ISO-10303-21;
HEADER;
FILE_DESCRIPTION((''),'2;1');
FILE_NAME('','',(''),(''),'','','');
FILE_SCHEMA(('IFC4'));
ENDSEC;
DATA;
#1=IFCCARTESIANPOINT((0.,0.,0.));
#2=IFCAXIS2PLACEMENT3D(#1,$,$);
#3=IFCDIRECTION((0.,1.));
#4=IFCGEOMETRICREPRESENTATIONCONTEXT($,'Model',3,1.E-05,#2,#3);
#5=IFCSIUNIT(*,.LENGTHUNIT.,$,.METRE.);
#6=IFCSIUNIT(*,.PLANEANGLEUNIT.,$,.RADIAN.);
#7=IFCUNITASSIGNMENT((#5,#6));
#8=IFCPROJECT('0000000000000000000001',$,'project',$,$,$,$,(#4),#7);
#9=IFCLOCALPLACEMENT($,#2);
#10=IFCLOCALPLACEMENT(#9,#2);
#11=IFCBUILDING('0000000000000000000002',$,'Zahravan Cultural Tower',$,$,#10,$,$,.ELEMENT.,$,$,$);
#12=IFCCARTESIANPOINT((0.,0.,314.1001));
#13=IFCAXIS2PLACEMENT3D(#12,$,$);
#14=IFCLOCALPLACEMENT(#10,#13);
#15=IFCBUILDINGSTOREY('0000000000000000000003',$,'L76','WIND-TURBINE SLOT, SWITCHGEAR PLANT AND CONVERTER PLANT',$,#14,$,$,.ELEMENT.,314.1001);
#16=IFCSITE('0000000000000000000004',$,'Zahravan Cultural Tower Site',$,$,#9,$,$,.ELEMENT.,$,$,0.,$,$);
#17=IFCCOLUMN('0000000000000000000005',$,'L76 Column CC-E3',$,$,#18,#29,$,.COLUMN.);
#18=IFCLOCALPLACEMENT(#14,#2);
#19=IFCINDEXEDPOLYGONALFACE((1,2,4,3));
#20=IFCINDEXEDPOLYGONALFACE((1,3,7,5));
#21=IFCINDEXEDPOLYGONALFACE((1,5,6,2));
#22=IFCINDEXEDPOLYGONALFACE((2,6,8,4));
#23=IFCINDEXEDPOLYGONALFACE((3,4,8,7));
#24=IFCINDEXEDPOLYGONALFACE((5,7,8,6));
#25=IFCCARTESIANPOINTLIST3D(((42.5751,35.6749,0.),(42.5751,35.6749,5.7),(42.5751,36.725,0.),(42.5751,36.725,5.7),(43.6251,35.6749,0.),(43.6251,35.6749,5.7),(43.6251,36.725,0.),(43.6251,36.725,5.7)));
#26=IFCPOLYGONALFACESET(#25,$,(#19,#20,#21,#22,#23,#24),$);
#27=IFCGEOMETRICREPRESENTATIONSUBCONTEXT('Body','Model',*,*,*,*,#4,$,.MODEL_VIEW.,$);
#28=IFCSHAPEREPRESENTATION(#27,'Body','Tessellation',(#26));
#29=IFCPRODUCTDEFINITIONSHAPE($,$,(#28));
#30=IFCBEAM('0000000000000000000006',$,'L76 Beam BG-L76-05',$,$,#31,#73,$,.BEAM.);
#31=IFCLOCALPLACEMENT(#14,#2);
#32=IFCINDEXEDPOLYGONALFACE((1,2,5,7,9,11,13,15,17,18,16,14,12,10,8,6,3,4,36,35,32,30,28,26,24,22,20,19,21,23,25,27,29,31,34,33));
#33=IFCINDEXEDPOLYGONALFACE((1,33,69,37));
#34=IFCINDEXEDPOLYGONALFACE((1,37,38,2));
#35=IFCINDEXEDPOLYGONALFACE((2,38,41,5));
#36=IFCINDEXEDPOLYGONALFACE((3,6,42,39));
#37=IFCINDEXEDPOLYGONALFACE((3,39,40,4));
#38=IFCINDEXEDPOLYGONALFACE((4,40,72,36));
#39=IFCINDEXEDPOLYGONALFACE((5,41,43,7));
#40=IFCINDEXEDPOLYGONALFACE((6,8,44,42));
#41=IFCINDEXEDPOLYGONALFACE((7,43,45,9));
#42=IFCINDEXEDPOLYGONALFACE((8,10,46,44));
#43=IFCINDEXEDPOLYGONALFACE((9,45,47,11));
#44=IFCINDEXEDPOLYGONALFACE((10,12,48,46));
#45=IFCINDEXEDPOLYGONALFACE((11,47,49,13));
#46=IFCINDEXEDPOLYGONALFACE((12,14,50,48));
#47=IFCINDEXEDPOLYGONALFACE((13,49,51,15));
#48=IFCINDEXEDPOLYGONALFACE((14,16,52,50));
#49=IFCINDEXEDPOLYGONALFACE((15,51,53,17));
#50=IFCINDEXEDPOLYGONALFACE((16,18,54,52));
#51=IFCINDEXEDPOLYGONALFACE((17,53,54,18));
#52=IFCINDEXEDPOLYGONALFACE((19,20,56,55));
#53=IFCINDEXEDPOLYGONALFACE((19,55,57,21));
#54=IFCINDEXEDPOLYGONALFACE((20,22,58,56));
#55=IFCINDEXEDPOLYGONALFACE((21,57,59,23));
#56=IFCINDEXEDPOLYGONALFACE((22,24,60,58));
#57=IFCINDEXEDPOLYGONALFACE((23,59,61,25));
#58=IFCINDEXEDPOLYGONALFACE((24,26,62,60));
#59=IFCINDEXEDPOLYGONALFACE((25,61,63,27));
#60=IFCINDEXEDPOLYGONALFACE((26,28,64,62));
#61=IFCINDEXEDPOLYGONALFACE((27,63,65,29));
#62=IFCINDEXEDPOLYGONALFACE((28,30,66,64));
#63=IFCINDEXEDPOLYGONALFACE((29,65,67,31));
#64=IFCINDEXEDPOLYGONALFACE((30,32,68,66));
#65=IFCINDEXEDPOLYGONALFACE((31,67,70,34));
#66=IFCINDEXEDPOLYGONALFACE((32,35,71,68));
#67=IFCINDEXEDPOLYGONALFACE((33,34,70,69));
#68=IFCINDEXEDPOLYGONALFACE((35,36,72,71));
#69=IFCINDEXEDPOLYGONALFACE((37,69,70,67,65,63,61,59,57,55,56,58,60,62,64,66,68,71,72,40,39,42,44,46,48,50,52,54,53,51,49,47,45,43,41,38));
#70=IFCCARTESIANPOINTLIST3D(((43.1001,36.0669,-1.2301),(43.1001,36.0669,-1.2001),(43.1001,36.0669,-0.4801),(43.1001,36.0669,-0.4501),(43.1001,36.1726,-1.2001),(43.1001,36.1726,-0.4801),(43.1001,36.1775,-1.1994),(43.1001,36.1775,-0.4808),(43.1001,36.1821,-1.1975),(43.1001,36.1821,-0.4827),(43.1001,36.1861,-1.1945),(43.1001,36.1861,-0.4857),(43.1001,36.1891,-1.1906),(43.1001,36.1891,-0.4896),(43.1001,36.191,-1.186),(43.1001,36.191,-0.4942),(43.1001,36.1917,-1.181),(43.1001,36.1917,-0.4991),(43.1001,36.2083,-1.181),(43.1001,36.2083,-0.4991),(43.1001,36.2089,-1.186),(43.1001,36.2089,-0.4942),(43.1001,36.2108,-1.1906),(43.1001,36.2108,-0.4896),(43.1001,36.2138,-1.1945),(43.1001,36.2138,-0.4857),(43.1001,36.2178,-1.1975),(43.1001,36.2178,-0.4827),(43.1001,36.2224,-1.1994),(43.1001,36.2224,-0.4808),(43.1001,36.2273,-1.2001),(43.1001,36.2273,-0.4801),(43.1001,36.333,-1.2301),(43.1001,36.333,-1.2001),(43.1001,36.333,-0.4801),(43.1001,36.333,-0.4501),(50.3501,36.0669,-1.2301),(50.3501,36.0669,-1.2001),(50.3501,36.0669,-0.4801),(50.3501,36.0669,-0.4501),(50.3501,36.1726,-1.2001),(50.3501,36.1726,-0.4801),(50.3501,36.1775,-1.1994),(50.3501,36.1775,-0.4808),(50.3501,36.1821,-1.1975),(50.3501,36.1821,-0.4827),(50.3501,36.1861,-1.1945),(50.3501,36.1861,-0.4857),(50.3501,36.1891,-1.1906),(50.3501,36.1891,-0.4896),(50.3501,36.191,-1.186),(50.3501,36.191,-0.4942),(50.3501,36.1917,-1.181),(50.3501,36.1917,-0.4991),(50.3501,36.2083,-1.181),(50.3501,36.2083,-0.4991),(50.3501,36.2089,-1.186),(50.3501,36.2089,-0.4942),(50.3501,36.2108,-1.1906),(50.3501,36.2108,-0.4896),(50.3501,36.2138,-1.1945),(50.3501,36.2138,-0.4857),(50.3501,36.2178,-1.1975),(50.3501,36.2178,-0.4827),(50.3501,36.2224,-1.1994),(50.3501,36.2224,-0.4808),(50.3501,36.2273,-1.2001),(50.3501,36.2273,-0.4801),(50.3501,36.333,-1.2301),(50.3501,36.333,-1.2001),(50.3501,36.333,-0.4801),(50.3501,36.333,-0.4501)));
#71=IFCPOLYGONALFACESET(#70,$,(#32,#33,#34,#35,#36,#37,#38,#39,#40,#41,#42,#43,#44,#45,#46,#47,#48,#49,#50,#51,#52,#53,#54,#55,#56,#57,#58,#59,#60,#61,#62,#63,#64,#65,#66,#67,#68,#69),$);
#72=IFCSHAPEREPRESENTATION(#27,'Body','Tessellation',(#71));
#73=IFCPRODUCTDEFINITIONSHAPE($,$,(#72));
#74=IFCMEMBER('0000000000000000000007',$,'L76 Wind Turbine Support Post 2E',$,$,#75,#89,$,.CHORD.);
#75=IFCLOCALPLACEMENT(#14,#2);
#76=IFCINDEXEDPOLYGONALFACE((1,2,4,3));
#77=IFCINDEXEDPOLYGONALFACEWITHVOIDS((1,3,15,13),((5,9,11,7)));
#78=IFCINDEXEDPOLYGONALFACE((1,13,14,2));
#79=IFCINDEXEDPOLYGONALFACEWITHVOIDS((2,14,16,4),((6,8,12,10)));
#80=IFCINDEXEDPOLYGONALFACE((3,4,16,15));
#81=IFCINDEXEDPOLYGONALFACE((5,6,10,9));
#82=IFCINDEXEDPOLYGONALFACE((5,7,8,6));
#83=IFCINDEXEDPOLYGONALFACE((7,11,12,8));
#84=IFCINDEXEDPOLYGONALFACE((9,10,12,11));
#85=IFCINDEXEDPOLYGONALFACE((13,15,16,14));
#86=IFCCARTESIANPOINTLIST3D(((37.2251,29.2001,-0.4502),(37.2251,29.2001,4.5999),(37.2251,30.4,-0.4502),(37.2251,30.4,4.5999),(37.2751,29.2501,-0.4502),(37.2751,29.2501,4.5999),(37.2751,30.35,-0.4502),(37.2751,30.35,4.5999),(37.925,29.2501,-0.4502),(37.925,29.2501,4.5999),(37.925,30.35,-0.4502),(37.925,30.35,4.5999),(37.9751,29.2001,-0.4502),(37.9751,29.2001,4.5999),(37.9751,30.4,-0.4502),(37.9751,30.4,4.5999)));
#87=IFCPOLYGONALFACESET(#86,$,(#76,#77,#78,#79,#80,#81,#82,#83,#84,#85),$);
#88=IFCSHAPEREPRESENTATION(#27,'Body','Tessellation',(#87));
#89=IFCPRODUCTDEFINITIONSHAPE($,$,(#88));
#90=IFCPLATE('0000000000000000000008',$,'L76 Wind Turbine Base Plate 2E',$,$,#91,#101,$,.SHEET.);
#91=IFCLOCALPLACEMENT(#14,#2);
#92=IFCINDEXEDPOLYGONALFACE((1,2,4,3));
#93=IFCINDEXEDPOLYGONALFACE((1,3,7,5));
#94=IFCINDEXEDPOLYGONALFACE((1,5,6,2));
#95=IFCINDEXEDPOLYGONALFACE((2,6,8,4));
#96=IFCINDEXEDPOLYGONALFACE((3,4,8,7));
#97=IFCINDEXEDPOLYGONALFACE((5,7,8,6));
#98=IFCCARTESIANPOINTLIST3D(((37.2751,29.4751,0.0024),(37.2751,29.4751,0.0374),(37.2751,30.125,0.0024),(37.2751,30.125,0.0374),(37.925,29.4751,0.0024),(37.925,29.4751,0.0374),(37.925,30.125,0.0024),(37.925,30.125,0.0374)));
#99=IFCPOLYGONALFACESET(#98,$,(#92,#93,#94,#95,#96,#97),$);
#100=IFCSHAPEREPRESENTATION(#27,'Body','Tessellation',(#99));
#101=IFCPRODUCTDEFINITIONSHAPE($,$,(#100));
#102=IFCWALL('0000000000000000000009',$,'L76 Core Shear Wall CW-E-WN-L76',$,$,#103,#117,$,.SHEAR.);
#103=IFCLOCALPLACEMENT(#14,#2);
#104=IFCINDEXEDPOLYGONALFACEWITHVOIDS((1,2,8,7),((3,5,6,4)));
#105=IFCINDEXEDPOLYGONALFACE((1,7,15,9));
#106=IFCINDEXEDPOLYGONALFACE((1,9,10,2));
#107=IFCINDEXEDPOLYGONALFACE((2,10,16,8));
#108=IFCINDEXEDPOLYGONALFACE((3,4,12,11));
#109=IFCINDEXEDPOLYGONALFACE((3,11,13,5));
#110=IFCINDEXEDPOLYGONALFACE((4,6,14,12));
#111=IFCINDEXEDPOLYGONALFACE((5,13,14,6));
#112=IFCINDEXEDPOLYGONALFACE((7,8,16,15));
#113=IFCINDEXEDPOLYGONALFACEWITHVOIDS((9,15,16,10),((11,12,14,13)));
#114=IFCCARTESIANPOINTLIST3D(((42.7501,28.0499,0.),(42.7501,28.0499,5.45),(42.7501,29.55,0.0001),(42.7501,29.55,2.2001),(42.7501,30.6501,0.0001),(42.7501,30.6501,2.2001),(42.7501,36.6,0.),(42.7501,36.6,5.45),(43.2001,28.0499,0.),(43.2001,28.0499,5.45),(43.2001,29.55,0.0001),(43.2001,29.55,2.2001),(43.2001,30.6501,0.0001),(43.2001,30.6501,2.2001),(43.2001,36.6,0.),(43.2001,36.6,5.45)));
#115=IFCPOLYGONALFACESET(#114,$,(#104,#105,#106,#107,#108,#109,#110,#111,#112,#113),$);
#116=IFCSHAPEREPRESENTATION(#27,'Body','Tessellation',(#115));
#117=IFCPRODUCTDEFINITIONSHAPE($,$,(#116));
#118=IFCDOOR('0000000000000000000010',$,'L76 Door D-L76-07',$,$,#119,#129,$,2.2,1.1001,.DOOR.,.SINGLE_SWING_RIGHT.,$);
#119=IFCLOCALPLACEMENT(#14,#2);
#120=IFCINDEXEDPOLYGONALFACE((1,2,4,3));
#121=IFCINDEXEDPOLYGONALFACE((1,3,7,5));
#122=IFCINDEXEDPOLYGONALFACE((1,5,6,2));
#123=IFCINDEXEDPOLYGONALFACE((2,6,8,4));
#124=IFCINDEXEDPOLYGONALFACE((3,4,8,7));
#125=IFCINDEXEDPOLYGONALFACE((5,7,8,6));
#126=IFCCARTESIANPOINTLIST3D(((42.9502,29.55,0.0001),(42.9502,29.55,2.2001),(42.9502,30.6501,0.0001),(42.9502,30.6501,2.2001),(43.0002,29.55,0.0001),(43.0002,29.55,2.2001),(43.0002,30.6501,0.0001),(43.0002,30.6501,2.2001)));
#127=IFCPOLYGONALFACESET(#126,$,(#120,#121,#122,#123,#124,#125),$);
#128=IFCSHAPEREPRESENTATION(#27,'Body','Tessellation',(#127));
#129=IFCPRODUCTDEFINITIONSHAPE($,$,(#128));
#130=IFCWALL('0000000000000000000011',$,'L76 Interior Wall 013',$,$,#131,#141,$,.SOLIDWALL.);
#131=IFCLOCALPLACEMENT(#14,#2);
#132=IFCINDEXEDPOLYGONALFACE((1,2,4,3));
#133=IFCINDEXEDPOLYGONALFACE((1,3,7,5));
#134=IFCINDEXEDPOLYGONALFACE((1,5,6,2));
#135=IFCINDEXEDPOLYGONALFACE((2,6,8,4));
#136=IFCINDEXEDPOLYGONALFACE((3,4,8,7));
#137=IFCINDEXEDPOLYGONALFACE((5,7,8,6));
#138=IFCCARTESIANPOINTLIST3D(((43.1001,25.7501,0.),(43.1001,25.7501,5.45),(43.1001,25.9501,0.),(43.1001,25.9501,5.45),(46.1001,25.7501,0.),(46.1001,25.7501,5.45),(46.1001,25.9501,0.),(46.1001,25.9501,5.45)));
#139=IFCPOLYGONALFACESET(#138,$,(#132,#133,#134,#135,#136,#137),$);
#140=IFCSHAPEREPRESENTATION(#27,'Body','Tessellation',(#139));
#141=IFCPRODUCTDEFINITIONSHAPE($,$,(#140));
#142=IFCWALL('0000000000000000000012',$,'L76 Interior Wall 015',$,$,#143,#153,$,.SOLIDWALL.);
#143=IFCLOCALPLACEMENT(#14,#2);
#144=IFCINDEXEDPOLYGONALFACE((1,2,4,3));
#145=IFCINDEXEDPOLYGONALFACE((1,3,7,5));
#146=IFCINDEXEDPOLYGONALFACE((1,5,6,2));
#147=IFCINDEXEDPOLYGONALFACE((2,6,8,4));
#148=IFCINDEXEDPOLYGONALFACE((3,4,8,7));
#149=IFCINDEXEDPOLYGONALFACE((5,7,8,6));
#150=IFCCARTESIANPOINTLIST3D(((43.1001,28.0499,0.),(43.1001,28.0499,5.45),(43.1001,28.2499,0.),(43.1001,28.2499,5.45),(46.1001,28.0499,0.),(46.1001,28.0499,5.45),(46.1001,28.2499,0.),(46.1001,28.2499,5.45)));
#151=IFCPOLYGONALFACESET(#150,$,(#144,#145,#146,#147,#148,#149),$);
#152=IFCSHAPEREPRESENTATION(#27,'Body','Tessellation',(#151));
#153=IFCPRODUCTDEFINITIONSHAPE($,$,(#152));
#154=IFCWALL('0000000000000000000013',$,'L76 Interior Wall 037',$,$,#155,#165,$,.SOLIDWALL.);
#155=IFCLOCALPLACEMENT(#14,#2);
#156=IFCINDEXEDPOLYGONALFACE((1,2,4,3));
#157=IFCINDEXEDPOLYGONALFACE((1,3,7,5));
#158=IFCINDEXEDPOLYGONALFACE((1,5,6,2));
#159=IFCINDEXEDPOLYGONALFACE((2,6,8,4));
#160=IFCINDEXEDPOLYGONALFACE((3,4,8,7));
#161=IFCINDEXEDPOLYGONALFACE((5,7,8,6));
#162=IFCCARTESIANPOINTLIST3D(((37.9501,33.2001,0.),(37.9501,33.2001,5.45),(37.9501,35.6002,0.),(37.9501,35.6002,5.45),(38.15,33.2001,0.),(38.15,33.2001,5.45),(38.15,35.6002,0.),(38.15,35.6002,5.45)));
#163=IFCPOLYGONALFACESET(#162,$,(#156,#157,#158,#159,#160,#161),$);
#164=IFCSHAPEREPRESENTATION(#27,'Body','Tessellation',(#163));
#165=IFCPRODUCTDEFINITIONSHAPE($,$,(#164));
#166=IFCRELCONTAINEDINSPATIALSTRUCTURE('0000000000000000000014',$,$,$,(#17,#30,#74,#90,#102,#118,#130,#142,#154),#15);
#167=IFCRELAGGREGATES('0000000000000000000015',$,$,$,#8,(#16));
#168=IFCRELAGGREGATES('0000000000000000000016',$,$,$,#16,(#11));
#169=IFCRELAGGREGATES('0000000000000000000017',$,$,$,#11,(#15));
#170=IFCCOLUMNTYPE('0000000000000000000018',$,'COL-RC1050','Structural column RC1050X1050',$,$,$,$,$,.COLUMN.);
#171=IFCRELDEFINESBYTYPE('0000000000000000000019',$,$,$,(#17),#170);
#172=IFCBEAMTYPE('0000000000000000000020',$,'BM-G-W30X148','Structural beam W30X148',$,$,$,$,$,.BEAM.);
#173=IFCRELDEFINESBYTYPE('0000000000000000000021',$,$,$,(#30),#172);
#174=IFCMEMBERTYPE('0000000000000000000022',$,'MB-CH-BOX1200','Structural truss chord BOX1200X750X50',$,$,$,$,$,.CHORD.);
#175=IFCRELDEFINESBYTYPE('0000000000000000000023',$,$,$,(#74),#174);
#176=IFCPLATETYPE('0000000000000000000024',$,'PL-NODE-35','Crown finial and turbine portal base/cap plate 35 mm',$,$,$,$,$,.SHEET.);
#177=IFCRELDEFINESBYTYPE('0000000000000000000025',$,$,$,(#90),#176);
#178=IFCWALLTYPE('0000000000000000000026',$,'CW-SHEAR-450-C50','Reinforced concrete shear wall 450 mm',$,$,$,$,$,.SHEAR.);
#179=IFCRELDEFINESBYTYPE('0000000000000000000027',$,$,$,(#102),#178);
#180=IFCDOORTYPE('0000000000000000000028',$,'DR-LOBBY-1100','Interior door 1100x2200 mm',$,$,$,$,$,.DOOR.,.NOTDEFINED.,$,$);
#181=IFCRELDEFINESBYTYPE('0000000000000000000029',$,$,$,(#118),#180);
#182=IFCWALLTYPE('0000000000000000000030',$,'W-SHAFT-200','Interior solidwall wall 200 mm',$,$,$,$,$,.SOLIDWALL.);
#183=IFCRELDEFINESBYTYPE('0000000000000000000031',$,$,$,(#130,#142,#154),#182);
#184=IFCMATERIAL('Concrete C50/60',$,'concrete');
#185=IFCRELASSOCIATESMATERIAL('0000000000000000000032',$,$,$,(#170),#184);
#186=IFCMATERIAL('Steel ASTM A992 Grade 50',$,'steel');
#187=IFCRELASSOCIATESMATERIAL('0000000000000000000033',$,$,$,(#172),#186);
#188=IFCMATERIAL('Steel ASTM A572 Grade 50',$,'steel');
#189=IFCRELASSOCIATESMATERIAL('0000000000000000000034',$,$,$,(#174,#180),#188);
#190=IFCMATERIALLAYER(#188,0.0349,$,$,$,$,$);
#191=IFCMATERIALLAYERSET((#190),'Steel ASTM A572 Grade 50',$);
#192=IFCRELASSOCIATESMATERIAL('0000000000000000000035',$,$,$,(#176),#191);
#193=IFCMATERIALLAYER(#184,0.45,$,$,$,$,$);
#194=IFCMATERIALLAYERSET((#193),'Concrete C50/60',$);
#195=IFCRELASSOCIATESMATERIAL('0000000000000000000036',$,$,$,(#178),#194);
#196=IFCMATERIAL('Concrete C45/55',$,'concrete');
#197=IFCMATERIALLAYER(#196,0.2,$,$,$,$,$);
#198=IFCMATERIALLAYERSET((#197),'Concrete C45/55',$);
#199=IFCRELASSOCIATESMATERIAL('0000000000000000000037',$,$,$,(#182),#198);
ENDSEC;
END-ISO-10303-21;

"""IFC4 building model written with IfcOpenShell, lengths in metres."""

from ifc_helpers import new_model, si_unit, direction, frame, frame_2d, origin, origin_2d, place, context, subcontext, project, spatial, rectangle, hollow_rectangle, i_section, extrude, source, transform, mapped, material, layer, layer_set, material_profile, profile_set, type_object, element, fill, save


model = new_model("IFC4")

# Units and contexts
model_context = context("Model", 3, precision=1e-05, world=origin(), true_north=direction((0.0, 1.0)))
body_context = subcontext(model_context, "Body", "Model", "MODEL_VIEW")
ifc_project = project(units=[si_unit("LENGTHUNIT", "METRE"), si_unit("PLANEANGLEUNIT", "RADIAN")], contexts=[model_context])

# Site, building, storey
site_placement = place(None, origin())
site = spatial("IfcSite", under=ifc_project, at=site_placement, Name="Zahravan Cultural Tower Site", CompositionType="ELEMENT", RefElevation=0.0)
building_placement = place(site_placement, origin())
building = spatial("IfcBuilding", under=site, at=building_placement, Name="Zahravan Cultural Tower", CompositionType="ELEMENT")
storey_placement = place(building_placement, frame((0.0, 0.0, 314.1001)))
storey = spatial("IfcBuildingStorey", under=building, at=storey_placement, Name="L76", Description="WIND-TURBINE SLOT, SWITCHGEAR PLANT AND CONVERTER PLANT", CompositionType="ELEMENT", Elevation=314.1001)

# Column
ifc_material_1 = material(Name="Concrete C50/60", Category="concrete")
ifc_material_profile_1 = material_profile(ifc_material_1, rectangle(XDim=1.05, YDim=1.05, at=origin_2d()), Name="RC1050X1050")
ifc_profile_set_1 = profile_set([ifc_material_profile_1], Name="Concrete C50/60")
column_type = type_object("IfcColumnType", Name="COL-RC1050", Description="Structural column RC1050X1050", PredefinedType="COLUMN", material=ifc_profile_set_1)
shared_shape_1 = source(origin(), body_context, "Body", "SweptSolid", [
    extrude(rectangle(XDim=1.05, YDim=1.05, at=origin_2d()), origin(), (0.0, 0.0, 1.0), 5.7),
])
column_placement = place(storey_placement, frame((43.1001, 36.2, 0.0), z_axis=(0.0, 0.0, 1.0), x_axis=(1.0, 0.0, 0.0)))
element("IfcColumn", 1, at=column_placement, inside=storey, type_object=column_type, Name="L76 Column CC-E3", PredefinedType="COLUMN", context=body_context, shape_type="MappedRepresentation", body=[
    mapped(shared_shape_1, transform((0.0, 0.0, 0.0), x_axis=(1.0, 0.0, 0.0), y_axis=(0.0, 1.0, 0.0), z_axis=(0.0, 0.0, 1.0), scale=1.0)),
])

# Beam
ifc_material_2 = material(Name="Steel ASTM A992 Grade 50", Category="steel")
ifc_material_profile_2 = material_profile(ifc_material_2, i_section(OverallWidth=0.2661, OverallDepth=0.78, WebThickness=0.0166, FlangeThickness=0.03, FilletRadius=0.019, at=origin_2d()), Name="W30X148")
ifc_profile_set_2 = profile_set([ifc_material_profile_2], Name="Steel ASTM A992 Grade 50")
beam_type = type_object("IfcBeamType", Name="BM-G-W30X148", Description="Structural beam W30X148", PredefinedType="BEAM", material=ifc_profile_set_2)
shared_shape_2 = source(origin(), body_context, "Body", "SweptSolid", [
    extrude(i_section(OverallWidth=0.2661, OverallDepth=0.78, WebThickness=0.0166, FlangeThickness=0.03, FilletRadius=0.019, at=origin_2d()), origin(), (0.0, 0.0, 1.0), 7.25),
])
beam_placement = place(storey_placement, frame((43.1001, 36.2, -0.8401), z_axis=(1.0, 0.0, 0.0), x_axis=(0.0, 1.0, 0.0)))
element("IfcBeam", 2, at=beam_placement, inside=storey, type_object=beam_type, Name="L76 Beam BG-L76-05", PredefinedType="BEAM", context=body_context, shape_type="MappedRepresentation", body=[
    mapped(shared_shape_2, transform((0.0, 0.0, 0.0), x_axis=(1.0, 0.0, 0.0), y_axis=(0.0, 1.0, 0.0), z_axis=(0.0, 0.0, 1.0), scale=1.0)),
])

# Member
ifc_material_3 = material(Name="Steel ASTM A572 Grade 50", Category="steel")
ifc_material_profile_3 = material_profile(ifc_material_3, hollow_rectangle(XDim=0.75, YDim=1.2, WallThickness=0.05, at=origin_2d()), Name="BOX1200X750X50")
ifc_profile_set_3 = profile_set([ifc_material_profile_3], Name="Steel ASTM A572 Grade 50")
member_type = type_object("IfcMemberType", Name="MB-CH-BOX1200", Description="Structural truss chord BOX1200X750X50", PredefinedType="CHORD", material=ifc_profile_set_3)
shared_shape_3 = source(origin(), body_context, "Body", "SweptSolid", [
    extrude(hollow_rectangle(XDim=0.75, YDim=1.2, WallThickness=0.05, at=origin_2d()), origin(), (0.0, 0.0, 1.0), 5.05),
])
member_placement = place(storey_placement, frame((37.6001, 29.8, -0.4502), z_axis=(0.0, 0.0, 1.0), x_axis=(1.0, 0.0, 0.0)))
element("IfcMember", 3, at=member_placement, inside=storey, type_object=member_type, Name="L76 Wind Turbine Support Post 2E", PredefinedType="CHORD", context=body_context, shape_type="MappedRepresentation", body=[
    mapped(shared_shape_3, transform((0.0, 0.0, 0.0), x_axis=(1.0, 0.0, 0.0), y_axis=(0.0, 1.0, 0.0), z_axis=(0.0, 0.0, 1.0), scale=1.0)),
])

# Plate
ifc_layer_1 = layer(ifc_material_3, 0.0349)
ifc_layer_set_1 = layer_set([ifc_layer_1], Name="Steel ASTM A572 Grade 50")
plate_type = type_object("IfcPlateType", Name="PL-NODE-35", Description="Crown finial and turbine portal base/cap plate 35 mm", PredefinedType="SHEET", material=ifc_layer_set_1)
shared_shape_4 = source(origin(), body_context, "Body", "SweptSolid", [
    extrude(rectangle(XDim=0.6499, YDim=0.6499, at=origin_2d()), origin(), (0.0, 0.0, 1.0), 0.0349),
])
plate_placement = place(storey_placement, frame((37.6001, 29.8, 0.0024), z_axis=(0.0, 0.0, 1.0), x_axis=(1.0, 0.0, 0.0)))
element("IfcPlate", 4, at=plate_placement, inside=storey, type_object=plate_type, Name="L76 Wind Turbine Base Plate 2E", PredefinedType="SHEET", context=body_context, shape_type="MappedRepresentation", body=[
    mapped(shared_shape_4, transform((0.0, 0.0, 0.0), x_axis=(1.0, 0.0, 0.0), y_axis=(0.0, 1.0, 0.0), z_axis=(0.0, 0.0, 1.0), scale=1.0)),
])

# Wall, opening, door
ifc_layer_2 = layer(ifc_material_1, 0.45)
ifc_layer_set_2 = layer_set([ifc_layer_2], Name="Concrete C50/60")
wall_type_1 = type_object("IfcWallType", Name="CW-SHEAR-450-C50", Description="Reinforced concrete shear wall 450 mm", PredefinedType="SHEAR", material=ifc_layer_set_2)
wall_1_placement = place(storey_placement, frame((42.9751, 28.05, 0.0), z_axis=(0.0, 0.0, 1.0), x_axis=(0.0, 1.0, 0.0)))
wall_1 = element("IfcWall", 5, at=wall_1_placement, inside=storey, type_object=wall_type_1, Name="L76 Core Shear Wall CW-E-WN-L76", PredefinedType="SHEAR", context=body_context, shape_type="SweptSolid", body=[
    extrude(rectangle(XDim=8.55, YDim=0.45, at=frame_2d((4.2749, 0.0))), origin(), (0.0, 0.0, 1.0), 5.45),
])
opening_placement = place(wall_1_placement, frame((1.5, 0.0, 0.0)))
opening = element("IfcOpeningElement", 6, at=opening_placement, cuts=wall_1, PredefinedType="OPENING", context=body_context, shape_type="SweptSolid", body=[
    extrude(rectangle(XDim=1.1001, YDim=2.2, at=frame_2d((0.55, 1.1001))), frame((0.0, 0.2349, 0.0), z_axis=(0.0, -1.0, 0.0), x_axis=(1.0, 0.0, 0.0)), (0.0, 0.0, 1.0), 0.47),
])
door_type = type_object("IfcDoorType", Name="DR-LOBBY-1100", Description="Interior door 1100x2200 mm", OperationType="NOTDEFINED", PredefinedType="DOOR", material=ifc_material_3)
shared_shape_5 = source(origin(), body_context, "Body", "SweptSolid", [
    extrude(rectangle(XDim=1.1001, YDim=2.2, at=frame_2d((0.55, 1.1001))), frame((0.0, 0.0249, 0.0), z_axis=(0.0, -1.0, 0.0), x_axis=(1.0, 0.0, 0.0)), (0.0, 0.0, 1.0), 0.05),
])
door_placement = place(opening_placement, origin())
door = element("IfcDoor", 7, at=door_placement, inside=storey, type_object=door_type, Name="L76 Door D-L76-07", OperationType="SINGLE_SWING_RIGHT", OverallHeight=2.2, OverallWidth=1.1001, PredefinedType="DOOR", context=body_context, shape_type="MappedRepresentation", body=[
    mapped(shared_shape_5, transform((0.0, 0.0, 0.0), x_axis=(1.0, 0.0, 0.0), y_axis=(0.0, 1.0, 0.0), z_axis=(0.0, 0.0, 1.0), scale=1.0)),
])
fill(opening, door)

# Walls
ifc_material_4 = material(Name="Concrete C45/55", Category="concrete")
ifc_layer_3 = layer(ifc_material_4, 0.2)
ifc_layer_set_3 = layer_set([ifc_layer_3], Name="Concrete C45/55")
wall_type_2 = type_object("IfcWallType", Name="W-SHAFT-200", Description="Interior solidwall wall 200 mm", PredefinedType="SOLIDWALL", material=ifc_layer_set_3)
shared_shape_6 = source(origin(), body_context, "Body", "SweptSolid", [
    extrude(rectangle(XDim=3.0, YDim=0.2, at=frame_2d((1.5, 0.0))), origin(), (0.0, 0.0, 1.0), 5.45),
])
for number, where, z_axis, x_axis, name in (
    (8, (43.1001, 25.8501, 0.0), (0.0, 0.0, 1.0), (1.0, 0.0, 0.0), "L76 Interior Wall 013"),
    (9, (43.1001, 28.1499, 0.0), (0.0, 0.0, 1.0), (1.0, 0.0, 0.0), "L76 Interior Wall 015"),
):
    element("IfcWall", number, at=place(storey_placement, frame(where, z_axis=z_axis, x_axis=x_axis)), inside=storey, type_object=wall_type_2, Name=name, PredefinedType="SOLIDWALL", context=body_context, shape_type="MappedRepresentation", body=[
        mapped(shared_shape_6, transform((0.0, 0.0, 0.0), x_axis=(1.0, 0.0, 0.0), y_axis=(0.0, 1.0, 0.0), z_axis=(0.0, 0.0, 1.0), scale=1.0)),
    ])
shared_shape_7 = source(origin(), body_context, "Body", "SweptSolid", [
    extrude(rectangle(XDim=2.4001, YDim=0.2, at=frame_2d((1.2002, 0.0))), origin(), (0.0, 0.0, 1.0), 5.45),
])
for number, where, z_axis, x_axis, name in (
    (10, (38.05, 33.2, 0.0), (0.0, 0.0, 1.0), (0.0, 1.0, 0.0), "L76 Interior Wall 037"),
):
    element("IfcWall", number, at=place(storey_placement, frame(where, z_axis=z_axis, x_axis=x_axis)), inside=storey, type_object=wall_type_2, Name=name, PredefinedType="SOLIDWALL", context=body_context, shape_type="MappedRepresentation", body=[
        mapped(shared_shape_7, transform((0.0, 0.0, 0.0), x_axis=(1.0, 0.0, 0.0), y_axis=(0.0, 1.0, 0.0), z_axis=(0.0, 0.0, 1.0), scale=1.0)),
    ])

save(model, "model.ifc")
